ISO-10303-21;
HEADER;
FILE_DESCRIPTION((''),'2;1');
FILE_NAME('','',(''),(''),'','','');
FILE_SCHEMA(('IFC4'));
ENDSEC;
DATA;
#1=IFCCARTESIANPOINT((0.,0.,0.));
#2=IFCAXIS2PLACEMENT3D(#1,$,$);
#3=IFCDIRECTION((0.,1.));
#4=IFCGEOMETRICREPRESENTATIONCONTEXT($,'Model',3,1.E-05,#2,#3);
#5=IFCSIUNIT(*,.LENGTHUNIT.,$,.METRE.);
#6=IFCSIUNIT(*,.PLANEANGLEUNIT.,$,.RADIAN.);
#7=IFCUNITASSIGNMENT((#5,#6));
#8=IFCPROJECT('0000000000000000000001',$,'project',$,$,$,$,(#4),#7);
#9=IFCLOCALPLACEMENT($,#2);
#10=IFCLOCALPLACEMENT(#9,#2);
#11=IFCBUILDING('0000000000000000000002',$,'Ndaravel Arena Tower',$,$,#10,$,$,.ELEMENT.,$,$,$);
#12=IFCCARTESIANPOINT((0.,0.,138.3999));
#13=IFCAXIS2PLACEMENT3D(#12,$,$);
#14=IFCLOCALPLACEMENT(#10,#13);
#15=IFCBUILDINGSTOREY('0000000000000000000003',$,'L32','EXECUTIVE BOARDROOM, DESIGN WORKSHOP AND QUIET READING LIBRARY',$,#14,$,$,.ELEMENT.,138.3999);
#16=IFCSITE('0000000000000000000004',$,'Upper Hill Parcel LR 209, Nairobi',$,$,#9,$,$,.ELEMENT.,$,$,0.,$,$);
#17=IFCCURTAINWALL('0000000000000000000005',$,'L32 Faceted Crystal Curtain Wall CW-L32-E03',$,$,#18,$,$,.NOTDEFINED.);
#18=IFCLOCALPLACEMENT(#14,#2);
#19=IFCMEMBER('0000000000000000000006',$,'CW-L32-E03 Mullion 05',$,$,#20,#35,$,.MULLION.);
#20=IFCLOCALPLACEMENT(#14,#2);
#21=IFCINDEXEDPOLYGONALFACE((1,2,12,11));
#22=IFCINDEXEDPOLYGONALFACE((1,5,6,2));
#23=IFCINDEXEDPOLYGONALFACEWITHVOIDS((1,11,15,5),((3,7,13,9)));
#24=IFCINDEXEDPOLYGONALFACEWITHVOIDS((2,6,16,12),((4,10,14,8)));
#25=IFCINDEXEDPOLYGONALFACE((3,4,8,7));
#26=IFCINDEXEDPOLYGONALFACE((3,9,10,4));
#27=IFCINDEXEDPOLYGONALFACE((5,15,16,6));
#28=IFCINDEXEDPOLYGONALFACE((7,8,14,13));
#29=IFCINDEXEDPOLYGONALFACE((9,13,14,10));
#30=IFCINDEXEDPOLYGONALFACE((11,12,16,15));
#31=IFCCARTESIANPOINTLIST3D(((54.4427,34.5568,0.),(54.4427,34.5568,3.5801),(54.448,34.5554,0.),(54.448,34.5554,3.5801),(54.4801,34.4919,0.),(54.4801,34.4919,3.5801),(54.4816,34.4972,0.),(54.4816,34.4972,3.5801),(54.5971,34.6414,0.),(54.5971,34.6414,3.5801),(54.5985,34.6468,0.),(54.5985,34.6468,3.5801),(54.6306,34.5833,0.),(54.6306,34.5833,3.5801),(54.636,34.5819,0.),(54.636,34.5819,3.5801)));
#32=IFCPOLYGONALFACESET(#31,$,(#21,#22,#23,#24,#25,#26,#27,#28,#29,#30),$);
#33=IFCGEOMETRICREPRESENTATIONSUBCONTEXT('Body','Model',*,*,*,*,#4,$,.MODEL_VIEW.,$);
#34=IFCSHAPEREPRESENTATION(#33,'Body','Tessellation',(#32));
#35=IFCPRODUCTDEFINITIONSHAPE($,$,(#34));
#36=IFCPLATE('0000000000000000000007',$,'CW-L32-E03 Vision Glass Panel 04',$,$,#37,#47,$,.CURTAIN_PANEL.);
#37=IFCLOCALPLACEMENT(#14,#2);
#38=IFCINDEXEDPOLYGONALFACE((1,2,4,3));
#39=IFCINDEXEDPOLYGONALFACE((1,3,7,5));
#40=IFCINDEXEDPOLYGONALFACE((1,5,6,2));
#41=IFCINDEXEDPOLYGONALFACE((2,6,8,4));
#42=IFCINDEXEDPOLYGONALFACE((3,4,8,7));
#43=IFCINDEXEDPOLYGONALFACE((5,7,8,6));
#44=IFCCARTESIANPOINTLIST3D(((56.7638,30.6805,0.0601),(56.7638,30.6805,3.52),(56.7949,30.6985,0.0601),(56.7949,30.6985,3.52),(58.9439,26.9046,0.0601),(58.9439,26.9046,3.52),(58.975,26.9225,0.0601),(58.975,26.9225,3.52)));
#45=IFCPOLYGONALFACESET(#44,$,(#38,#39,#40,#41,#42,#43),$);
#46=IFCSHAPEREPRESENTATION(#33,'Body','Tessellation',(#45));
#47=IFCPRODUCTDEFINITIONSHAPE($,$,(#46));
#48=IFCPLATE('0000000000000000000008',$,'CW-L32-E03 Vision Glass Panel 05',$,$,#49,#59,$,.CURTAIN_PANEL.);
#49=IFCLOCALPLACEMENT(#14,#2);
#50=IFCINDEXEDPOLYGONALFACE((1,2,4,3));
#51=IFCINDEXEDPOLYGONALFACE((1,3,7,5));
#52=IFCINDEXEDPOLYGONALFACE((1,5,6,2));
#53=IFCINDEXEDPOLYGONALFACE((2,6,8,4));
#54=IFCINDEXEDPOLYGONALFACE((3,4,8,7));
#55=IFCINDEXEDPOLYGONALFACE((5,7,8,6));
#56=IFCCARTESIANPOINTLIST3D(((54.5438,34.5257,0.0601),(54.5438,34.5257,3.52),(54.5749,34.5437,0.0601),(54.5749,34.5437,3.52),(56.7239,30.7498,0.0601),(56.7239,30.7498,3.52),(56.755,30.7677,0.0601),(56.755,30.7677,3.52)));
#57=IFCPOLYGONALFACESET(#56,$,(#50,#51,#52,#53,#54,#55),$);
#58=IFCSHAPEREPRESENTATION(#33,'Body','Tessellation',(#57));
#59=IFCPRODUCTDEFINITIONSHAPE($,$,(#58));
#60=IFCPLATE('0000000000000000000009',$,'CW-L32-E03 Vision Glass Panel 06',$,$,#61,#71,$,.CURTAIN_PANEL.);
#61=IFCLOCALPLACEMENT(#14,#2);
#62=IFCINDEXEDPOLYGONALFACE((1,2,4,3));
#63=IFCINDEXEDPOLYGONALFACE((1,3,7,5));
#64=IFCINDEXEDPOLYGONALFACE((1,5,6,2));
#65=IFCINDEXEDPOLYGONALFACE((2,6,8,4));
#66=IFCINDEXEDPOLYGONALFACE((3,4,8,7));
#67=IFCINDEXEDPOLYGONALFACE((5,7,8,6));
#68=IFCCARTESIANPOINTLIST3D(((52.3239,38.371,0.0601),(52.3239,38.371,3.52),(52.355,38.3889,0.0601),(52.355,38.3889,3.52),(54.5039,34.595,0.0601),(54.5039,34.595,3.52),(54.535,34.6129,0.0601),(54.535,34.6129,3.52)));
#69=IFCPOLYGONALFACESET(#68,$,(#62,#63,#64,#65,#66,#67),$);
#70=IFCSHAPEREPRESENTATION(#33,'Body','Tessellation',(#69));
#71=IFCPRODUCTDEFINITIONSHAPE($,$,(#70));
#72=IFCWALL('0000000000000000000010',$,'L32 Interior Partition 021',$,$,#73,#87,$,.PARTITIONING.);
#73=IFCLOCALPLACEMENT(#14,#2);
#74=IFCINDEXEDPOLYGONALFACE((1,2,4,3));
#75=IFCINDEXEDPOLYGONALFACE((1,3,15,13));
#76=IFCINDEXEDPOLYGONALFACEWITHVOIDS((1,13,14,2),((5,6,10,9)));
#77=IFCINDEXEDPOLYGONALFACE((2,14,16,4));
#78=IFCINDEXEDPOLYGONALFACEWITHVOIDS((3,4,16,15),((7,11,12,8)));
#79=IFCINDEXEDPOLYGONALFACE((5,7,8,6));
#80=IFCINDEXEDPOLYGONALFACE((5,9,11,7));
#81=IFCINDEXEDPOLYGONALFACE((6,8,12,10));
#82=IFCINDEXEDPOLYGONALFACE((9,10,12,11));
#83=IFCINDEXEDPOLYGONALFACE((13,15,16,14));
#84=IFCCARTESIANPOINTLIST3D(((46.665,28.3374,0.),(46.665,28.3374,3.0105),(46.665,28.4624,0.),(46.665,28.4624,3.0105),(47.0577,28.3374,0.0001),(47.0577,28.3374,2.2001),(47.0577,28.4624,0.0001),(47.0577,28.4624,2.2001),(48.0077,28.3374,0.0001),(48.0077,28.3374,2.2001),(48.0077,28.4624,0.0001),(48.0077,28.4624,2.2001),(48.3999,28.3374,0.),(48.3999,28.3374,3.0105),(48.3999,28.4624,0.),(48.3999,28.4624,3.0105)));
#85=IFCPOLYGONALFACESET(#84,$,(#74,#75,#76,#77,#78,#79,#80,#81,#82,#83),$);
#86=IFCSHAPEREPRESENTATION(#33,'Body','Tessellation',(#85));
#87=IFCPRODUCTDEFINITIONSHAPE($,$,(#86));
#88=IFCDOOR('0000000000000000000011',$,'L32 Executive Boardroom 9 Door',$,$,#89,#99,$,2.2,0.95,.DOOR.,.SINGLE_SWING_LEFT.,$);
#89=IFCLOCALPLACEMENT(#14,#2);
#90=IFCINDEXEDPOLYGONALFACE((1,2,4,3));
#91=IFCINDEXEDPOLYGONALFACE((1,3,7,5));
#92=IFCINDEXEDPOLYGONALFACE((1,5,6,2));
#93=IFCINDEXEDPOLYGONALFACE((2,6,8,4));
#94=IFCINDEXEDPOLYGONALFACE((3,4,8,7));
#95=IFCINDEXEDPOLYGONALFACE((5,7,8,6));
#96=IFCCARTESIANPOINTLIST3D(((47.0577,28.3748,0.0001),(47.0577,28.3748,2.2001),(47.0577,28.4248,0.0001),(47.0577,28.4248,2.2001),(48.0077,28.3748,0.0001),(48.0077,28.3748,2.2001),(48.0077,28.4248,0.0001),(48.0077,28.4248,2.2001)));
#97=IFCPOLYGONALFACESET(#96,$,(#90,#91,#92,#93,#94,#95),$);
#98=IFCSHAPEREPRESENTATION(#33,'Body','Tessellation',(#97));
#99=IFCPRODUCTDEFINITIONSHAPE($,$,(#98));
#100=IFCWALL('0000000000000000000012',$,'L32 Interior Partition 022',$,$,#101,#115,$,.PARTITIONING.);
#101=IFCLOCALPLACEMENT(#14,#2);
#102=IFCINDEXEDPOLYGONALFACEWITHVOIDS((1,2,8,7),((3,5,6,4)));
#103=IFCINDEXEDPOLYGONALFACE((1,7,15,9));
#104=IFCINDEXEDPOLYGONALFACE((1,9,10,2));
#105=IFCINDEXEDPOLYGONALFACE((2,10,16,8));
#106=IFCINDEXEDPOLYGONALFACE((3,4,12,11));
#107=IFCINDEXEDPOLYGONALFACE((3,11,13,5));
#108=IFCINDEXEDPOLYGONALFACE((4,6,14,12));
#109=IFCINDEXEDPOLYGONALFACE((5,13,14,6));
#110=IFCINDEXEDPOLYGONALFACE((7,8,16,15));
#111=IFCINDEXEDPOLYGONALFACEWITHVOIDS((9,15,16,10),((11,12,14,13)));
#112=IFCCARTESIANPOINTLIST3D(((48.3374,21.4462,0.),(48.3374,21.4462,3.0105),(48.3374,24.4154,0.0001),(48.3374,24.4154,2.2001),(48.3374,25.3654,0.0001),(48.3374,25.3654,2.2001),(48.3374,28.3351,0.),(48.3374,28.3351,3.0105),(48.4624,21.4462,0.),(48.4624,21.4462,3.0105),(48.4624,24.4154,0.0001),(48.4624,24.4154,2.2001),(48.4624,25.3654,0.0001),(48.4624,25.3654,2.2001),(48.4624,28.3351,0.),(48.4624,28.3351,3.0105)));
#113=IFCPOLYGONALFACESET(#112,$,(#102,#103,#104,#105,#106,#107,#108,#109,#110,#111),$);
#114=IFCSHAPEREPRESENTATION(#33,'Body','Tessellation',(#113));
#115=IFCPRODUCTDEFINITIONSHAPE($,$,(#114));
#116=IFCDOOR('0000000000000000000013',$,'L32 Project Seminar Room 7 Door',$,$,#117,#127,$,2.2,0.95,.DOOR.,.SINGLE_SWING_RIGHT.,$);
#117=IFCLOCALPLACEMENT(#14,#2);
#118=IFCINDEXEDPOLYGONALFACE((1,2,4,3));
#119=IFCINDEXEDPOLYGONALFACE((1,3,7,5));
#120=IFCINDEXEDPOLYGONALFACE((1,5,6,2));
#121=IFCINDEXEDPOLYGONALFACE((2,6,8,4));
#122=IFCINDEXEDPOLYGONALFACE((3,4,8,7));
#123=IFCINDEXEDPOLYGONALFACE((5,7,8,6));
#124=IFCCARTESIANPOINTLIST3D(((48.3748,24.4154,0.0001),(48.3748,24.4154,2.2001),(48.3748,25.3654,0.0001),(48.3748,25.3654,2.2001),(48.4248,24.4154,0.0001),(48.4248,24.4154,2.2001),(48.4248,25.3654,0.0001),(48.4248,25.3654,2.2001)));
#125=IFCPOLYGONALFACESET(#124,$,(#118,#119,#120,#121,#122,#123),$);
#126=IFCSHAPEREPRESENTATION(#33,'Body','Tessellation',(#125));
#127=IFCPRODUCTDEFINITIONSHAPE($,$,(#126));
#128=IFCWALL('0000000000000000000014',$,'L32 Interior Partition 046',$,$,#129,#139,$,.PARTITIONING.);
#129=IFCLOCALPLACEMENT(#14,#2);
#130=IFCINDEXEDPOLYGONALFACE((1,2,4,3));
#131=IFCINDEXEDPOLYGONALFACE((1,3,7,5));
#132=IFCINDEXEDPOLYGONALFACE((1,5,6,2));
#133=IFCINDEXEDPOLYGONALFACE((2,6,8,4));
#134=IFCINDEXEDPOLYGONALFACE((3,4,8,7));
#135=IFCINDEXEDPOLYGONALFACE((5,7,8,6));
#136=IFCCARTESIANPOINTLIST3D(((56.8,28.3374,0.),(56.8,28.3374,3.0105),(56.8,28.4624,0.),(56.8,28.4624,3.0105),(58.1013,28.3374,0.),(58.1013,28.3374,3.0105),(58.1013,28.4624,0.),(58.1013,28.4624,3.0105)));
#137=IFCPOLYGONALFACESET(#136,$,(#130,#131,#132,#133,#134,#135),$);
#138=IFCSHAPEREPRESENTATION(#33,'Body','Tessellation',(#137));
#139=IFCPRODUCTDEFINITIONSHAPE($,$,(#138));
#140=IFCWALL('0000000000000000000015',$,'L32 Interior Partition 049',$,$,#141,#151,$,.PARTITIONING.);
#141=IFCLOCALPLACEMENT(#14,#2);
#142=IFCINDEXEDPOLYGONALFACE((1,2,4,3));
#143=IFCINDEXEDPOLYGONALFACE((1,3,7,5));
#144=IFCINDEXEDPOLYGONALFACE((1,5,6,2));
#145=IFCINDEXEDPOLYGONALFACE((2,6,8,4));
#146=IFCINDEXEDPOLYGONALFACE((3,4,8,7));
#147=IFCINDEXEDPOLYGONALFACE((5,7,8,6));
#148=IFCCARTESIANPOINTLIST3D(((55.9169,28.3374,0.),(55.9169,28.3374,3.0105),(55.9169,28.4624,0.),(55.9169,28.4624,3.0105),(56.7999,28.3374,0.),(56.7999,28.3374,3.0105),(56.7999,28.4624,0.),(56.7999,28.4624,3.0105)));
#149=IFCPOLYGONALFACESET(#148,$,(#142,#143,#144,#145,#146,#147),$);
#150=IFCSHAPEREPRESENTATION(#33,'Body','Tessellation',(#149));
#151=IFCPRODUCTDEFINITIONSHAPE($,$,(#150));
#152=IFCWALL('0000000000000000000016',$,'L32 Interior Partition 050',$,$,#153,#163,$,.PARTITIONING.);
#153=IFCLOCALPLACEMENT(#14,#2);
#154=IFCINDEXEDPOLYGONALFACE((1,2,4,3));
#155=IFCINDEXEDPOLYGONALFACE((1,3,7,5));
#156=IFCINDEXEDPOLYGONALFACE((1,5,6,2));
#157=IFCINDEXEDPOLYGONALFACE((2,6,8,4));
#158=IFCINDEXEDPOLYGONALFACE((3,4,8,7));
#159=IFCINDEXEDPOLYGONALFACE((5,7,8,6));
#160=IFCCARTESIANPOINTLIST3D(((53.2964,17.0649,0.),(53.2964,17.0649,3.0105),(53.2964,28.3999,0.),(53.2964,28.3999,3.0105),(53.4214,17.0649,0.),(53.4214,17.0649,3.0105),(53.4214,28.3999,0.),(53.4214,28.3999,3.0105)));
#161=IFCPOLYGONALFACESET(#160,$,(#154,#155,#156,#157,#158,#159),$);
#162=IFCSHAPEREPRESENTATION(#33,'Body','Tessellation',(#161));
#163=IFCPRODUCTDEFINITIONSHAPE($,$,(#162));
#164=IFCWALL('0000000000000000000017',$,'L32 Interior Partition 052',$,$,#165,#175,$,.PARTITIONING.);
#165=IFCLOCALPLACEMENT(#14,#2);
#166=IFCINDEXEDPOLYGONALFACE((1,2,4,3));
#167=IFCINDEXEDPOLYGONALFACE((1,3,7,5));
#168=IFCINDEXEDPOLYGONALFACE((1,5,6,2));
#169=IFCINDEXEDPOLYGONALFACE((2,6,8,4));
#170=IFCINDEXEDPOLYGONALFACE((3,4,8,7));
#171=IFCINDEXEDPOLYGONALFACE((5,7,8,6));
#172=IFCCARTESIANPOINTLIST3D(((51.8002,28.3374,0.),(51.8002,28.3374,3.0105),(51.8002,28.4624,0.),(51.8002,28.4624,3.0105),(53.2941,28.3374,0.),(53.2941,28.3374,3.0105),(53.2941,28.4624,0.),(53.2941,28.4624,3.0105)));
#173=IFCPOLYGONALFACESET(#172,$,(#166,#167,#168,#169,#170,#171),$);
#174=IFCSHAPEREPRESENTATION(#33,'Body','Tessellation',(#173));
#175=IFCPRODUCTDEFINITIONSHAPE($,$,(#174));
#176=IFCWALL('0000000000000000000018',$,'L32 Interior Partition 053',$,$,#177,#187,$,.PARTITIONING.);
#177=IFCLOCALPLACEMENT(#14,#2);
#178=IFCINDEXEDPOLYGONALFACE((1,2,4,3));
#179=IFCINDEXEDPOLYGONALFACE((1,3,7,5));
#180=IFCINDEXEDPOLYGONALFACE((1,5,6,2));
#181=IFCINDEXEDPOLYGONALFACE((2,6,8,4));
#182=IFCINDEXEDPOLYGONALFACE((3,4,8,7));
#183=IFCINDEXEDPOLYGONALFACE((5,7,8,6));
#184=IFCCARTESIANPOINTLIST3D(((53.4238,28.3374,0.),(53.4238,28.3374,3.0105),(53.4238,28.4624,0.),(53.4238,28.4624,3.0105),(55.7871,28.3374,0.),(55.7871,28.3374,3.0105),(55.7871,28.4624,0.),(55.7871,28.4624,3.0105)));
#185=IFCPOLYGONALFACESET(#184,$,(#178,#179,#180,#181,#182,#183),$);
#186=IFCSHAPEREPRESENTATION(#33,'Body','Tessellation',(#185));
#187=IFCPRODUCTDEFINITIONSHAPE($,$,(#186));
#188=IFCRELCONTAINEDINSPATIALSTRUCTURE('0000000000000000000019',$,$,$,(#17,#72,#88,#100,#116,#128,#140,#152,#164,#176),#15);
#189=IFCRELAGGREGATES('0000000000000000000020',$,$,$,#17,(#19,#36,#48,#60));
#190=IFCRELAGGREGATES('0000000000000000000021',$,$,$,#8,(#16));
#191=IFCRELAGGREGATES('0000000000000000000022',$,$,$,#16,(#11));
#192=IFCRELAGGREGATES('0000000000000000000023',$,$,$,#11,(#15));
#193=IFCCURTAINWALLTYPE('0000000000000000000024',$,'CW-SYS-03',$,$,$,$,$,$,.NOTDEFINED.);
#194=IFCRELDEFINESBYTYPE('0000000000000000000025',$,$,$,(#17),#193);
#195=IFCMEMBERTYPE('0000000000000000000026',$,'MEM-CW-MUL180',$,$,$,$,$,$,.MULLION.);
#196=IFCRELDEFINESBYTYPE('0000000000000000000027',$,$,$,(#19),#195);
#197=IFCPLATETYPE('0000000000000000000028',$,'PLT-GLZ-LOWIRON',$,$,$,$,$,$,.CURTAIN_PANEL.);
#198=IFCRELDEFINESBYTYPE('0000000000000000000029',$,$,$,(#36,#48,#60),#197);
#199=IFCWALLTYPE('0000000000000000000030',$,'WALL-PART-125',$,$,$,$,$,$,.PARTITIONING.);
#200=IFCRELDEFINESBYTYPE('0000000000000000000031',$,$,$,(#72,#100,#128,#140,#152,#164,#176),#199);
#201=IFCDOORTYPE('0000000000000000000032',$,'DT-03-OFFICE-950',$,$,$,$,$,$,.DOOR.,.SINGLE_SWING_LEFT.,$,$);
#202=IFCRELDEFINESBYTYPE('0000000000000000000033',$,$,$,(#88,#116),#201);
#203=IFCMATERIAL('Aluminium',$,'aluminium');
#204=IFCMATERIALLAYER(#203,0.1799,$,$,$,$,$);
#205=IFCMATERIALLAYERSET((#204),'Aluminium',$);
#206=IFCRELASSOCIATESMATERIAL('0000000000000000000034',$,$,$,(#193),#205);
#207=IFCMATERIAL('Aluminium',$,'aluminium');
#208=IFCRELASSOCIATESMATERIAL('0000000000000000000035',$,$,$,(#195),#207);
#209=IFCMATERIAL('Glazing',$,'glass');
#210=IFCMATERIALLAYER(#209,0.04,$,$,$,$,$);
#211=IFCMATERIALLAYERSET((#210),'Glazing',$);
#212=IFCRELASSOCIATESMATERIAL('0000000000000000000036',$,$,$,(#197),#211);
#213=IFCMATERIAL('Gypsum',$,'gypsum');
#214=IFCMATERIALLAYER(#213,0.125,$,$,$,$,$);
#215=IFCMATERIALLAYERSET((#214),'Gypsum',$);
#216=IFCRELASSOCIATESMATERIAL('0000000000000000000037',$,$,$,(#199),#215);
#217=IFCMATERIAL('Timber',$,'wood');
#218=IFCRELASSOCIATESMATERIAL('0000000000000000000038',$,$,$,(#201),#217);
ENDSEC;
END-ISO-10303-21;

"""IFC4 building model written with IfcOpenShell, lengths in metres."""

from ifc_helpers import new_model, si_unit, direction, frame, frame_2d, origin, origin_2d, place, context, subcontext, project, spatial, rectangle, hollow_rectangle, extrude, material, layer, layer_set, material_profile, profile_set, type_object, element, fill, aggregate, save


model = new_model("IFC4")

# Units and contexts
model_context = context("Model", 3, precision=1e-05, world=origin(), true_north=direction((0.0, 1.0)))
body_context = subcontext(model_context, "Body", "Model", "MODEL_VIEW")
ifc_project = project(units=[si_unit("LENGTHUNIT", "METRE"), si_unit("PLANEANGLEUNIT", "RADIAN")], contexts=[model_context])

# Site, building, storey
site_placement = place(None, origin())
site = spatial("IfcSite", under=ifc_project, at=site_placement, Name="Upper Hill Parcel LR 209, Nairobi", CompositionType="ELEMENT", RefElevation=0.0)
building_placement = place(site_placement, origin())
building = spatial("IfcBuilding", under=site, at=building_placement, Name="Ndaravel Arena Tower", CompositionType="ELEMENT")
storey_placement = place(building_placement, frame((0.0, 0.0, 138.3999)))
storey = spatial("IfcBuildingStorey", under=building, at=storey_placement, Name="L32", Description="EXECUTIVE BOARDROOM, DESIGN WORKSHOP AND QUIET READING LIBRARY", CompositionType="ELEMENT", Elevation=138.3999)

# Curtain wall, member, plates
ifc_material_1 = material(Name="Aluminium", Category="aluminium")
ifc_layer_1 = layer(ifc_material_1, 0.1799)
ifc_layer_set_1 = layer_set([ifc_layer_1], Name="Aluminium")
curtain_wall_type = type_object("IfcCurtainWallType", Name="CW-SYS-03", PredefinedType="NOTDEFINED", material=ifc_layer_set_1)
curtain_wall_placement = place(storey_placement, origin())
curtain_wall = element("IfcCurtainWall", 1, at=curtain_wall_placement, inside=storey, type_object=curtain_wall_type, Name="L32 Faceted Crystal Curtain Wall CW-L32-E03", PredefinedType="NOTDEFINED")
ifc_material_2 = material(Name="Aluminium", Category="aluminium")
ifc_material_profile_1 = material_profile(ifc_material_2, hollow_rectangle(XDim=0.075, YDim=0.1799, WallThickness=0.0039, at=origin_2d()), Name="CW MULLION 75x180x4")
ifc_profile_set_1 = profile_set([ifc_material_profile_1], Name="Aluminium")
member_type = type_object("IfcMemberType", Name="MEM-CW-MUL180", PredefinedType="MULLION", material=ifc_profile_set_1)
member_1_placement = place(storey_placement, frame((54.5393, 34.5693, 0.0), z_axis=(0.0, 0.0, 1.0), x_axis=(-0.5, 0.866025, 0.0)))
member_1 = element("IfcMember", 2, at=member_1_placement, type_object=member_type, Name="CW-L32-E03 Mullion 05", PredefinedType="MULLION", context=body_context, shape_type="SweptSolid", body=[
    extrude(hollow_rectangle(XDim=0.075, YDim=0.1799, WallThickness=0.0039, at=origin_2d()), origin(), (0.0, 0.0, 1.0), 3.5801),
])
ifc_material_3 = material(Name="Glazing", Category="glass")
ifc_layer_2 = layer(ifc_material_3, 0.04)
ifc_layer_set_2 = layer_set([ifc_layer_2], Name="Glazing")
plate_type = type_object("IfcPlateType", Name="PLT-GLZ-LOWIRON", PredefinedType="CURTAIN_PANEL", material=ifc_layer_set_2)
plate_1_placement = place(storey_placement, frame((57.8694, 28.8015, 0.0601), z_axis=(0.0, 0.0, 1.0), x_axis=(-0.5, 0.866025, 0.0)))
plate_1 = element("IfcPlate", 3, at=plate_1_placement, type_object=plate_type, Name="CW-L32-E03 Vision Glass Panel 04", PredefinedType="CURTAIN_PANEL", context=body_context, shape_type="SweptSolid", body=[
    extrude(rectangle(XDim=4.3601, YDim=0.0359, at=origin_2d()), origin(), (0.0, 0.0, 1.0), 3.46),
])
plate_2_placement = place(storey_placement, frame((55.6494, 32.6467, 0.0601), z_axis=(0.0, 0.0, 1.0), x_axis=(-0.5, 0.866025, 0.0)))
plate_2 = element("IfcPlate", 4, at=plate_2_placement, type_object=plate_type, Name="CW-L32-E03 Vision Glass Panel 05", PredefinedType="CURTAIN_PANEL", context=body_context, shape_type="SweptSolid", body=[
    extrude(rectangle(XDim=4.3601, YDim=0.0359, at=origin_2d()), origin(), (0.0, 0.0, 1.0), 3.46),
])
plate_3_placement = place(storey_placement, frame((53.4294, 36.4919, 0.0601), z_axis=(0.0, 0.0, 1.0), x_axis=(-0.5, 0.866025, 0.0)))
plate_3 = element("IfcPlate", 5, at=plate_3_placement, type_object=plate_type, Name="CW-L32-E03 Vision Glass Panel 06", PredefinedType="CURTAIN_PANEL", context=body_context, shape_type="SweptSolid", body=[
    extrude(rectangle(XDim=4.3601, YDim=0.0359, at=origin_2d()), origin(), (0.0, 0.0, 1.0), 3.46),
])
aggregate(curtain_wall, [member_1, plate_1, plate_2, plate_3])

# Walls, openings, doors
ifc_material_4 = material(Name="Gypsum", Category="gypsum")
ifc_layer_3 = layer(ifc_material_4, 0.125)
ifc_layer_set_3 = layer_set([ifc_layer_3], Name="Gypsum")
wall_type_1 = type_object("IfcWallType", Name="WALL-PART-125", PredefinedType="PARTITIONING", material=ifc_layer_set_3)
wall_1_placement = place(storey_placement, frame((46.665, 28.3999, 0.0), z_axis=(0.0, 0.0, 1.0), x_axis=(1.0, 0.0, 0.0)))
wall_1 = element("IfcWall", 6, at=wall_1_placement, inside=storey, type_object=wall_type_1, Name="L32 Interior Partition 021", PredefinedType="PARTITIONING", context=body_context, shape_type="SweptSolid", body=[
    extrude(rectangle(XDim=1.7349, YDim=0.125, at=frame_2d((0.8674, 0.0))), origin(), (0.0, 0.0, 1.0), 3.0105),
])
opening_1_placement = place(wall_1_placement, frame((0.3926, 0.0, 0.0)))
opening_1 = element("IfcOpeningElement", 7, at=opening_1_placement, cuts=wall_1, PredefinedType="OPENING", context=body_context, shape_type="SweptSolid", body=[
    extrude(rectangle(XDim=0.95, YDim=2.2, at=frame_2d((0.4751, 1.1001))), frame((0.0, 0.0625, 0.0), z_axis=(0.0, -1.0, 0.0), x_axis=(1.0, 0.0, 0.0)), (0.0, 0.0, 1.0), 0.125),
])
ifc_material_5 = material(Name="Timber", Category="wood")
door_type = type_object("IfcDoorType", Name="DT-03-OFFICE-950", OperationType="SINGLE_SWING_LEFT", PredefinedType="DOOR", material=ifc_material_5)
door_1_placement = place(opening_1_placement, origin())
door_1 = element("IfcDoor", 8, at=door_1_placement, inside=storey, type_object=door_type, Name="L32 Executive Boardroom 9 Door", OperationType="SINGLE_SWING_LEFT", OverallHeight=2.2, OverallWidth=0.95, PredefinedType="DOOR", context=body_context, shape_type="SweptSolid", body=[
    extrude(rectangle(XDim=0.95, YDim=2.2, at=frame_2d((0.4751, 1.1001))), frame((0.0, 0.0249, 0.0), z_axis=(0.0, -1.0, 0.0), x_axis=(1.0, 0.0, 0.0)), (0.0, 0.0, 1.0), 0.05),
])
fill(opening_1, door_1)
wall_2_placement = place(storey_placement, frame((48.3999, 28.335, 0.0), z_axis=(0.0, 0.0, 1.0), x_axis=(0.0, -1.0, 0.0)))
wall_2 = element("IfcWall", 9, at=wall_2_placement, inside=storey, type_object=wall_type_1, Name="L32 Interior Partition 022", PredefinedType="PARTITIONING", context=body_context, shape_type="SweptSolid", body=[
    extrude(rectangle(XDim=6.8889, YDim=0.125, at=frame_2d((3.4443, 0.0))), origin(), (0.0, 0.0, 1.0), 3.0105),
])
opening_2_placement = place(wall_2_placement, frame((2.9695, 0.0, 0.0)))
opening_2 = element("IfcOpeningElement", 10, at=opening_2_placement, cuts=wall_2, PredefinedType="OPENING", context=body_context, shape_type="SweptSolid", body=[
    extrude(rectangle(XDim=0.95, YDim=2.2, at=frame_2d((0.4751, 1.1001))), frame((0.0, 0.0625, 0.0), z_axis=(0.0, -1.0, 0.0), x_axis=(1.0, 0.0, 0.0)), (0.0, 0.0, 1.0), 0.125),
])
door_2_placement = place(opening_2_placement, origin())
door_2 = element("IfcDoor", 11, at=door_2_placement, inside=storey, type_object=door_type, Name="L32 Project Seminar Room 7 Door", OperationType="SINGLE_SWING_RIGHT", OverallHeight=2.2, OverallWidth=0.95, PredefinedType="DOOR", context=body_context, shape_type="SweptSolid", body=[
    extrude(rectangle(XDim=0.95, YDim=2.2, at=frame_2d((0.4751, 1.1001))), frame((0.0, 0.0249, 0.0), z_axis=(0.0, -1.0, 0.0), x_axis=(1.0, 0.0, 0.0)), (0.0, 0.0, 1.0), 0.05),
])
fill(opening_2, door_2)

# Walls
wall_3_placement = place(storey_placement, frame((56.8, 28.3999, 0.0), z_axis=(0.0, 0.0, 1.0), x_axis=(1.0, 0.0, 0.0)))
element("IfcWall", 12, at=wall_3_placement, inside=storey, type_object=wall_type_1, Name="L32 Interior Partition 046", PredefinedType="PARTITIONING", context=body_context, shape_type="SweptSolid", body=[
    extrude(rectangle(XDim=1.3013, YDim=0.125, at=frame_2d((0.6506, 0.0))), origin(), (0.0, 0.0, 1.0), 3.0105),
])
wall_4_placement = place(storey_placement, frame((55.917, 28.3999, 0.0), z_axis=(0.0, 0.0, 1.0), x_axis=(1.0, 0.0, 0.0)))
element("IfcWall", 13, at=wall_4_placement, inside=storey, type_object=wall_type_1, Name="L32 Interior Partition 049", PredefinedType="PARTITIONING", context=body_context, shape_type="SweptSolid", body=[
    extrude(rectangle(XDim=0.8831, YDim=0.125, at=frame_2d((0.4414, 0.0))), origin(), (0.0, 0.0, 1.0), 3.0105),
])
wall_5_placement = place(storey_placement, frame((53.3589, 28.3999, 0.0), z_axis=(0.0, 0.0, 1.0), x_axis=(0.0, -1.0, 0.0)))
element("IfcWall", 14, at=wall_5_placement, inside=storey, type_object=wall_type_1, Name="L32 Interior Partition 050", PredefinedType="PARTITIONING", context=body_context, shape_type="SweptSolid", body=[
    extrude(rectangle(XDim=11.335, YDim=0.125, at=frame_2d((5.6675, 0.0))), origin(), (0.0, 0.0, 1.0), 3.0105),
])
wall_6_placement = place(storey_placement, frame((51.8, 28.3999, 0.0), z_axis=(0.0, 0.0, 1.0), x_axis=(1.0, 0.0, 0.0)))
element("IfcWall", 15, at=wall_6_placement, inside=storey, type_object=wall_type_1, Name="L32 Interior Partition 052", PredefinedType="PARTITIONING", context=body_context, shape_type="SweptSolid", body=[
    extrude(rectangle(XDim=1.4939, YDim=0.125, at=frame_2d((0.7471, 0.0))), origin(), (0.0, 0.0, 1.0), 3.0105),
])
wall_7_placement = place(storey_placement, frame((53.4238, 28.3999, 0.0), z_axis=(0.0, 0.0, 1.0), x_axis=(1.0, 0.0, 0.0)))
element("IfcWall", 16, at=wall_7_placement, inside=storey, type_object=wall_type_1, Name="L32 Interior Partition 053", PredefinedType="PARTITIONING", context=body_context, shape_type="SweptSolid", body=[
    extrude(rectangle(XDim=2.3633, YDim=0.125, at=frame_2d((1.1816, 0.0))), origin(), (0.0, 0.0, 1.0), 3.0105),
])

save(model, "model.ifc")
